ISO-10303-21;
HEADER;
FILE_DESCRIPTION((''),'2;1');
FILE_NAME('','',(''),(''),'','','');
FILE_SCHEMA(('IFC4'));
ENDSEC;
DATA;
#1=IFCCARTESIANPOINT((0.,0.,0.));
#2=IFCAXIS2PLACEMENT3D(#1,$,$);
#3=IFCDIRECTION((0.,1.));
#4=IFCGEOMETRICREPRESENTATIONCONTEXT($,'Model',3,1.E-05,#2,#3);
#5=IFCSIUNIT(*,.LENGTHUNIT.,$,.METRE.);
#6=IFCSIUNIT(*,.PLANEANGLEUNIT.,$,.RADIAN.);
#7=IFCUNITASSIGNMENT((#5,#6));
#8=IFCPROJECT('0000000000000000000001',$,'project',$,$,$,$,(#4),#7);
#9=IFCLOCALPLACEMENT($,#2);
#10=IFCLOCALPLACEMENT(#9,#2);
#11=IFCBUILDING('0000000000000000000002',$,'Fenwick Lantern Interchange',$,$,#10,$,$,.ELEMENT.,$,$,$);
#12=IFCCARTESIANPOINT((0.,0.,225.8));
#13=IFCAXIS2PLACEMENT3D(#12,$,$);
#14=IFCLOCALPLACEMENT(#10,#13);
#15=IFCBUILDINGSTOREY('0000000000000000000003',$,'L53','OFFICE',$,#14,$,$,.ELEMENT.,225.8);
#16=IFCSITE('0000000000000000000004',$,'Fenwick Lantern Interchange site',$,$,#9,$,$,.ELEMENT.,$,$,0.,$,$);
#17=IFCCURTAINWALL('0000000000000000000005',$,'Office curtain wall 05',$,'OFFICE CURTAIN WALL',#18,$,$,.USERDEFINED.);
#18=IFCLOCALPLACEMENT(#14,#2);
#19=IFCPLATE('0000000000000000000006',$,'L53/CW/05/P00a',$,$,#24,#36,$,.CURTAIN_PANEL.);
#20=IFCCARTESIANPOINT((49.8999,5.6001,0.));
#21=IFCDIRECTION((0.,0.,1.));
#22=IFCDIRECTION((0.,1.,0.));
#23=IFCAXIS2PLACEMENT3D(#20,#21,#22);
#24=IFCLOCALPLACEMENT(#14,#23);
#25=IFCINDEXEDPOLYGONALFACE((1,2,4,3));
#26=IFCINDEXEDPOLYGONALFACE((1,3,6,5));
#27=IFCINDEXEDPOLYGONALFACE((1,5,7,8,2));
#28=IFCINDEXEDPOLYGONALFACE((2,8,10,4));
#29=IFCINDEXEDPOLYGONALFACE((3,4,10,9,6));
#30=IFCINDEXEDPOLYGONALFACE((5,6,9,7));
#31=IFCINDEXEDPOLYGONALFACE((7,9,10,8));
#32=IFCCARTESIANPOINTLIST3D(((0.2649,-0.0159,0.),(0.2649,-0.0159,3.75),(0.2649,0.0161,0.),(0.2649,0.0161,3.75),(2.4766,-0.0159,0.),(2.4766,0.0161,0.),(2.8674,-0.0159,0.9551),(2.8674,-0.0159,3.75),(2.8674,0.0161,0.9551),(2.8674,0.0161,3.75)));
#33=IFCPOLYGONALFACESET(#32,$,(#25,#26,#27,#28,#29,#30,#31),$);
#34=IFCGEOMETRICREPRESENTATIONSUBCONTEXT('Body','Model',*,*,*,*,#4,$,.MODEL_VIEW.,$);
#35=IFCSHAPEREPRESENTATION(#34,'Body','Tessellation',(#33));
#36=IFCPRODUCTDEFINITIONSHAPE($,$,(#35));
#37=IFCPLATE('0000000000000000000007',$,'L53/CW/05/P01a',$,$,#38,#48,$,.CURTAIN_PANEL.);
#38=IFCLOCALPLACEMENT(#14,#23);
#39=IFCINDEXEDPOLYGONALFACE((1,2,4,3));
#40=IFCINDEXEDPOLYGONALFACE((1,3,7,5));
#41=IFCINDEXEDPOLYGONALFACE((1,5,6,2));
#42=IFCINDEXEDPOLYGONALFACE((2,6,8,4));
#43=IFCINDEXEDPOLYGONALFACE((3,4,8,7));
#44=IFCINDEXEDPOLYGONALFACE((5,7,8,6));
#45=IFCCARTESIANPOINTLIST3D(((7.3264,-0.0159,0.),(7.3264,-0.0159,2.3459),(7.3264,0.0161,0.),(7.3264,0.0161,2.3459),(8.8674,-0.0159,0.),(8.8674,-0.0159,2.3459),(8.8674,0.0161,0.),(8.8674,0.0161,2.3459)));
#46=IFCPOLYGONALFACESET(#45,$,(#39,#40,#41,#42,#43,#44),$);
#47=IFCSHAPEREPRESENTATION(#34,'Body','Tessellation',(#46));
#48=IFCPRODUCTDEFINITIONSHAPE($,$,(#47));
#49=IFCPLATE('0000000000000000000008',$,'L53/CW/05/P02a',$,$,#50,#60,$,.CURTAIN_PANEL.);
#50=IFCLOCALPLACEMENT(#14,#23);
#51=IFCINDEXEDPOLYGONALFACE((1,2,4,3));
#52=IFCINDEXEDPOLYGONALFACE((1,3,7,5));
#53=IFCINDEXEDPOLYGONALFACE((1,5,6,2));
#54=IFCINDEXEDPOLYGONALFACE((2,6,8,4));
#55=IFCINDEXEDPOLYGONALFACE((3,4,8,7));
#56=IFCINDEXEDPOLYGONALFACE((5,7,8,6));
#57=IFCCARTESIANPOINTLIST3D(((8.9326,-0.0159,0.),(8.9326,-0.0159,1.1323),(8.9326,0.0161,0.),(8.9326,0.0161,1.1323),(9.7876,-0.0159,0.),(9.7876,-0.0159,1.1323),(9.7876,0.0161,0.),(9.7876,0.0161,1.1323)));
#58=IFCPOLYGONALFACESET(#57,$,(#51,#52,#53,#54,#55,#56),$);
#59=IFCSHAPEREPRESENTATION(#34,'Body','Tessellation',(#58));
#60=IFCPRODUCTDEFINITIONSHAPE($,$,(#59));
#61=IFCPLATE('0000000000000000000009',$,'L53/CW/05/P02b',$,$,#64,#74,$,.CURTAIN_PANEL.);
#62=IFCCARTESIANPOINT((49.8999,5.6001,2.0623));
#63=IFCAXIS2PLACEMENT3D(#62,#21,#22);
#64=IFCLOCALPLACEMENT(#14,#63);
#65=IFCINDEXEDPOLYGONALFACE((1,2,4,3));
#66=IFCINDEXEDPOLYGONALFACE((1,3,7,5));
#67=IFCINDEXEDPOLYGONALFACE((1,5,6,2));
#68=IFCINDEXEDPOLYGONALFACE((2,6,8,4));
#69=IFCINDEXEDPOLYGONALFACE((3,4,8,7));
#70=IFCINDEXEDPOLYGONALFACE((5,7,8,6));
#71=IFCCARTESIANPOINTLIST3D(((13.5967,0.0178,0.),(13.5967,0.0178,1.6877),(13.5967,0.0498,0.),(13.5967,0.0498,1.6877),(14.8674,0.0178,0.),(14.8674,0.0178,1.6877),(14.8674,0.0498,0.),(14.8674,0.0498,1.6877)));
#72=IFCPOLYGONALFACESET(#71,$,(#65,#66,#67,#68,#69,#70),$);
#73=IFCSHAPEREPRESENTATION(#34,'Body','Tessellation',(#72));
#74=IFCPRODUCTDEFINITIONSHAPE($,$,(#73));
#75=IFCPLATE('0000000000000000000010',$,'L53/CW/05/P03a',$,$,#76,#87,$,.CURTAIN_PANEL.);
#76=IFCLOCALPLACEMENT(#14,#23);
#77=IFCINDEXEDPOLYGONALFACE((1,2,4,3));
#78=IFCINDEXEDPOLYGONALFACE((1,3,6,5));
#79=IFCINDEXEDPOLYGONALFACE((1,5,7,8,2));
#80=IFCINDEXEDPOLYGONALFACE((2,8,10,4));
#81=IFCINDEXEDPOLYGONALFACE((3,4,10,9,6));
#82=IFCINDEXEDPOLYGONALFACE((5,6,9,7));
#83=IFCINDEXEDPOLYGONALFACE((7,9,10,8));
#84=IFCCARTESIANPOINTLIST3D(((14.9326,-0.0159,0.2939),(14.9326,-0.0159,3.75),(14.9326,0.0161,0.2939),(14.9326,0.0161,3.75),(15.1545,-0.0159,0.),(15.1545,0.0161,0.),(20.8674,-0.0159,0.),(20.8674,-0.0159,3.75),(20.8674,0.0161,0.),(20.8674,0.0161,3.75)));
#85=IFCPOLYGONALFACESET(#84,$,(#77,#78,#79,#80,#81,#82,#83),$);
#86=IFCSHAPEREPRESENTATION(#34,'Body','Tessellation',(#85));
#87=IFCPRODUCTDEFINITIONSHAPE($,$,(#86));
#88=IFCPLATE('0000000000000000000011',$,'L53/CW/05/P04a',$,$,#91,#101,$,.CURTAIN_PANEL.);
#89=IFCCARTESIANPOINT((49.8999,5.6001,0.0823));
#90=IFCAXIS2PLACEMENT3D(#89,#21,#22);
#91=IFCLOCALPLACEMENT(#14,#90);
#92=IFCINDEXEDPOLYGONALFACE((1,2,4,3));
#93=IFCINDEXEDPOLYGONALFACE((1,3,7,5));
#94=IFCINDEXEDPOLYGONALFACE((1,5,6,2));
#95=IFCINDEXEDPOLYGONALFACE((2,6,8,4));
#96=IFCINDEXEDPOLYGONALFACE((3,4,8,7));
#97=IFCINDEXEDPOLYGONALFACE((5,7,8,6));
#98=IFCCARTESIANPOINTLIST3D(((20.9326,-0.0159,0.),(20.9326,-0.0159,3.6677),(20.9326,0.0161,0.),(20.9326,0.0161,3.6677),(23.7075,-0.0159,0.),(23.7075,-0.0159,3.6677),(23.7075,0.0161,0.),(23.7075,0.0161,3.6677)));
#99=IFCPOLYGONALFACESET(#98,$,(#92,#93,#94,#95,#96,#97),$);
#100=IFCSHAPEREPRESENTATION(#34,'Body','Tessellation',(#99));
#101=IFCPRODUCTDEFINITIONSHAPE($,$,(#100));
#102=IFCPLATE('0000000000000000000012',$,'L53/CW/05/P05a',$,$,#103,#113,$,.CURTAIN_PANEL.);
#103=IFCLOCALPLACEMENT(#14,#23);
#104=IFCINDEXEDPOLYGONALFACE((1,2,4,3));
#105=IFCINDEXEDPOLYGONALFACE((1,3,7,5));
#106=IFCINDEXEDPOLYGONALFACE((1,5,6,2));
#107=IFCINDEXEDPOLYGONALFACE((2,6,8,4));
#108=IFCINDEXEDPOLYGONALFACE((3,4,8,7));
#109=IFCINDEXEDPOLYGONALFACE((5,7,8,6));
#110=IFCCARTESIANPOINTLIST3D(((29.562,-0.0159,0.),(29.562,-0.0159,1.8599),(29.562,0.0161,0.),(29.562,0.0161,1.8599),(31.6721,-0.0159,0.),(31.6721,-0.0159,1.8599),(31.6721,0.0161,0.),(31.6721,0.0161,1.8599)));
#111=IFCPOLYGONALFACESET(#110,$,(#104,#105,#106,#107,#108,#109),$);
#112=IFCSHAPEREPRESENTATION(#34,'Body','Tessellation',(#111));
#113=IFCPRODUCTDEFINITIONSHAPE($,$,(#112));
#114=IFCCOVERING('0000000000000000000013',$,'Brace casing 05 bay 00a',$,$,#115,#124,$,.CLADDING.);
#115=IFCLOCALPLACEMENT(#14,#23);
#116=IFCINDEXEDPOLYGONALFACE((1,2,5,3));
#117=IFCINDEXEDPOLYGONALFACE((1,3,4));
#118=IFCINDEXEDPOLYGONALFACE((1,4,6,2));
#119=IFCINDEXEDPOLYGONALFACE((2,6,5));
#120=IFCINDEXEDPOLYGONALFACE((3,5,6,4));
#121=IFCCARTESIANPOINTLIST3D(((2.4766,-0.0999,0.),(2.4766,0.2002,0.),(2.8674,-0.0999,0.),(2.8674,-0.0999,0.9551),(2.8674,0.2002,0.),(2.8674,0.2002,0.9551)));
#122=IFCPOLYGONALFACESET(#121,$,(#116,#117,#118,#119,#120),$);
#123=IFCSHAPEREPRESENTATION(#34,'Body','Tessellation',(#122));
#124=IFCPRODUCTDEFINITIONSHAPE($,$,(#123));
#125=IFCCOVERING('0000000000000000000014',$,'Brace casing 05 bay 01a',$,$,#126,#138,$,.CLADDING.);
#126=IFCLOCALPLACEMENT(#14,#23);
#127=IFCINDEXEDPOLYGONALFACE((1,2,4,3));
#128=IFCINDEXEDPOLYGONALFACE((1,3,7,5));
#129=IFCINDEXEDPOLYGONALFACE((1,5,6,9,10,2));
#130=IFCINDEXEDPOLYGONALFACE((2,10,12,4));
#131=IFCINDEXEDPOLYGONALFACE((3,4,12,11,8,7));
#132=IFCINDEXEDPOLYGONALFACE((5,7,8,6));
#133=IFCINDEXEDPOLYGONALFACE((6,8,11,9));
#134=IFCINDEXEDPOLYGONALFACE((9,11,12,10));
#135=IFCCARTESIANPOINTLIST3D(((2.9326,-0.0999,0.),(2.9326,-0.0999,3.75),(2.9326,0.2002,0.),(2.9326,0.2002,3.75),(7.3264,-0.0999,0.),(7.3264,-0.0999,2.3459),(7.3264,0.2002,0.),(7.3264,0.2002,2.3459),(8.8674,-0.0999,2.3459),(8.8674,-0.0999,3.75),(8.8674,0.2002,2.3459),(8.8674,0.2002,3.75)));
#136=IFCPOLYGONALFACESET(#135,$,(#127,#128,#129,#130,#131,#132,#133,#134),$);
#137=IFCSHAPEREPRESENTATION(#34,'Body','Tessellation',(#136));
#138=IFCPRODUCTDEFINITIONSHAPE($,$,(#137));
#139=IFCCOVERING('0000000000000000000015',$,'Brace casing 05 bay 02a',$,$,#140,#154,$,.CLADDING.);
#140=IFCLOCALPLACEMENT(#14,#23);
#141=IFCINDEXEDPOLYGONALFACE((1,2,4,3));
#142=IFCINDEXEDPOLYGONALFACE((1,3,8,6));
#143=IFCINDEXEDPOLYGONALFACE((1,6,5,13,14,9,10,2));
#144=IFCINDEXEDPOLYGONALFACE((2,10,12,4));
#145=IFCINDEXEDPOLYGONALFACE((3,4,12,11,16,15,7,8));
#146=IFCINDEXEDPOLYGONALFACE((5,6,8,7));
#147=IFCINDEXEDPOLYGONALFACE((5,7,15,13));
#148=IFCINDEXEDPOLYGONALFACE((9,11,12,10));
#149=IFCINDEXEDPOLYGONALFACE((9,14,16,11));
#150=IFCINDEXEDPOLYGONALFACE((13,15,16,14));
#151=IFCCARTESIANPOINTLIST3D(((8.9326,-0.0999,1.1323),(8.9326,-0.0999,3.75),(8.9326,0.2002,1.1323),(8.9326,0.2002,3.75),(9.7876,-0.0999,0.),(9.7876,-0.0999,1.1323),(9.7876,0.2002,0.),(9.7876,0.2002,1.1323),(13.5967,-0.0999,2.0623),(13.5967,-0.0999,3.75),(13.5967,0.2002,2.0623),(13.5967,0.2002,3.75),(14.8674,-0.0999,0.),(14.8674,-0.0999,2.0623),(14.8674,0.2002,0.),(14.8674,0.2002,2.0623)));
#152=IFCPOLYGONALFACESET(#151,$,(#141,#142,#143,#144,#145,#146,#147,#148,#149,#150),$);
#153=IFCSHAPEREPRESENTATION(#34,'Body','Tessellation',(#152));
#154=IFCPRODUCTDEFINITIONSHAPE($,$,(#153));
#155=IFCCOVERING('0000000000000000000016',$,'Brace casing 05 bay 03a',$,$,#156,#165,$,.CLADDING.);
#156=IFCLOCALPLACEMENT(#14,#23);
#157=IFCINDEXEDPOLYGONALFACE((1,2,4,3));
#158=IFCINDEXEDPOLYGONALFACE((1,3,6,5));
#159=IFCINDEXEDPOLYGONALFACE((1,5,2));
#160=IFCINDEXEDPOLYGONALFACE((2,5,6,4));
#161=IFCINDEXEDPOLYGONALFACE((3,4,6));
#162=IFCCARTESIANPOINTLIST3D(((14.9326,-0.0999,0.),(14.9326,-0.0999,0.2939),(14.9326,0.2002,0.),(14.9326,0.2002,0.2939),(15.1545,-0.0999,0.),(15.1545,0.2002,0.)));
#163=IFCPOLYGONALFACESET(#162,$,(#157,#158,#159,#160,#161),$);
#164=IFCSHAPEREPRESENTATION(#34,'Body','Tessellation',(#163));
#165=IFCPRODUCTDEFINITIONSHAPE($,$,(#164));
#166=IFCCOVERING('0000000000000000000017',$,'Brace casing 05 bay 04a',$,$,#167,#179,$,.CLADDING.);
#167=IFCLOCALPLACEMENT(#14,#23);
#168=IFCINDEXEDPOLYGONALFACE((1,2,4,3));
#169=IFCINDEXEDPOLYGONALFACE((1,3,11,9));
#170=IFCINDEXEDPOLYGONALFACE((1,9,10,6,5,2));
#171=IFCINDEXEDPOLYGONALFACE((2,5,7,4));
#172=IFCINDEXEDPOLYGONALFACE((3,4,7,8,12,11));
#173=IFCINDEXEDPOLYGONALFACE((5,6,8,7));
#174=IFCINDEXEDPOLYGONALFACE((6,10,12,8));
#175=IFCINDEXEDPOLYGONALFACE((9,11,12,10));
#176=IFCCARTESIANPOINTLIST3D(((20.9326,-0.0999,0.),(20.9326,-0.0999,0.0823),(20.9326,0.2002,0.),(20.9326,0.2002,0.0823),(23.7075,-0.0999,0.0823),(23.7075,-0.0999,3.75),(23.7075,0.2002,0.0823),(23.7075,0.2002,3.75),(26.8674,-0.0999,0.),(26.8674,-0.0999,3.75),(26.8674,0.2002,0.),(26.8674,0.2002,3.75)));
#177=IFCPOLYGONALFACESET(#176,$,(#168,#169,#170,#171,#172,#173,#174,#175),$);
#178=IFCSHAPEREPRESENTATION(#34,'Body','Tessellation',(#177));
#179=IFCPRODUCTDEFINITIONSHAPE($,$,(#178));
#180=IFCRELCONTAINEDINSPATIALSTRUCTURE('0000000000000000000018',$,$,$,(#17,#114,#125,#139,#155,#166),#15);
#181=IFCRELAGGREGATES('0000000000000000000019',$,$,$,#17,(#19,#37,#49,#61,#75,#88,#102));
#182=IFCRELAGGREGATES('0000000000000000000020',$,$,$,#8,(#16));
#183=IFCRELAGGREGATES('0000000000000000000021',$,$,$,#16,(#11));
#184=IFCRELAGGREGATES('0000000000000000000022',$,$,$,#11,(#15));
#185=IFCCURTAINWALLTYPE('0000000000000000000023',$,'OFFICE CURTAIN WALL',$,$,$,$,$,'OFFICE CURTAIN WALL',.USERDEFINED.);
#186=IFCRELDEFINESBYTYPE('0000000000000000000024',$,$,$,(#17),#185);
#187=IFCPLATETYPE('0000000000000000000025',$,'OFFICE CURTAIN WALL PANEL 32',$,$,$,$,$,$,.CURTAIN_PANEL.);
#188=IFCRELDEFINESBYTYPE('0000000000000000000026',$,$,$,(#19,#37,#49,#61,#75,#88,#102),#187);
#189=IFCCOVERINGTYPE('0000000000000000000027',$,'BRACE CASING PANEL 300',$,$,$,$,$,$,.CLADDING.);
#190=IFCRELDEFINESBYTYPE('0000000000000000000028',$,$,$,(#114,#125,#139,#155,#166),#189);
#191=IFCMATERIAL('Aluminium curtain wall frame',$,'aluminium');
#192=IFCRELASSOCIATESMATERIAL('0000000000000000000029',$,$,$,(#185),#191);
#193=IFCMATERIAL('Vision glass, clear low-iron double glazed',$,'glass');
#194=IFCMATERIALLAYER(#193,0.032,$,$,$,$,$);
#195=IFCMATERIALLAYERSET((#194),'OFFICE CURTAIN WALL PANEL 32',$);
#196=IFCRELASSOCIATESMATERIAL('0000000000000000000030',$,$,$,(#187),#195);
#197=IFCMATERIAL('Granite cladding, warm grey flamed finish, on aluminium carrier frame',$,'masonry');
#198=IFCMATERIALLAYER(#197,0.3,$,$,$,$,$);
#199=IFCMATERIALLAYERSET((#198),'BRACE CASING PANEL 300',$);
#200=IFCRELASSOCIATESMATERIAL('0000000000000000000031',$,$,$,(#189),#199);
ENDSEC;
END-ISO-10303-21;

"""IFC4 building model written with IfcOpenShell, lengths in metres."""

from ifc_helpers import new_model, si_unit, direction, frame, origin, place, context, subcontext, project, spatial, polyline, outline, extrude, material, layer, layer_set, type_object, element, aggregate, save


model = new_model("IFC4")

# Units and contexts
model_context = context("Model", 3, precision=1e-05, world=origin(), true_north=direction((0.0, 1.0)))
body_context = subcontext(model_context, "Body", "Model", "MODEL_VIEW")
ifc_project = project(units=[si_unit("LENGTHUNIT", "METRE"), si_unit("PLANEANGLEUNIT", "RADIAN")], contexts=[model_context])

# Site, building, storey
site_placement = place(None, origin())
site = spatial("IfcSite", under=ifc_project, at=site_placement, Name="Fenwick Lantern Interchange site", CompositionType="ELEMENT", RefElevation=0.0)
building_placement = place(site_placement, origin())
building = spatial("IfcBuilding", under=site, at=building_placement, Name="Fenwick Lantern Interchange", CompositionType="ELEMENT")
storey_placement = place(building_placement, frame((0.0, 0.0, 225.8)))
storey = spatial("IfcBuildingStorey", under=building, at=storey_placement, Name="L53", Description="OFFICE", CompositionType="ELEMENT", Elevation=225.8)

# Shared definitions
ifc_material_1 = material(Name="Aluminium curtain wall frame", Category="aluminium")
curtain_wall_type = type_object("IfcCurtainWallType", Name="OFFICE CURTAIN WALL", ElementType="OFFICE CURTAIN WALL", PredefinedType="USERDEFINED", material=ifc_material_1)

# Shared definitions
ifc_material_2 = material(Name="Vision glass, clear low-iron double glazed", Category="glass")
ifc_layer_1 = layer(ifc_material_2, 0.032)
ifc_layer_set_1 = layer_set([ifc_layer_1], Name="OFFICE CURTAIN WALL PANEL 32")
plate_type = type_object("IfcPlateType", Name="OFFICE CURTAIN WALL PANEL 32", PredefinedType="CURTAIN_PANEL", material=ifc_layer_set_1)

# Curtain wall, plates
curtain_wall_1_placement = place(storey_placement, origin())
curtain_wall_1 = element("IfcCurtainWall", 1, at=curtain_wall_1_placement, inside=storey, type_object=curtain_wall_type, Name="Office curtain wall 05", ObjectType="OFFICE CURTAIN WALL", PredefinedType="USERDEFINED")
plate_1_placement = place(storey_placement, frame((49.8999, 5.6001, 0.0), z_axis=(0.0, 0.0, 1.0), x_axis=(0.0, 1.0, 0.0)))
plate_1 = element("IfcPlate", 2, at=plate_1_placement, type_object=plate_type, Name="L53/CW/05/P00a", PredefinedType="CURTAIN_PANEL", context=body_context, shape_type="SweptSolid", body=[
    extrude(outline(polyline([(0.2649, 0.0), (2.4766, 0.0), (2.8674, 0.9551), (2.8674, 3.75), (0.2649, 3.75), (0.2649, 0.0)])), frame((0.0, 0.0161, 0.0), z_axis=(0.0, -1.0, 0.0), x_axis=(1.0, 0.0, 0.0)), (0.0, 0.0, 1.0), 0.032),
])
plate_2_placement = place(storey_placement, frame((49.8999, 5.6001, 0.0), z_axis=(0.0, 0.0, 1.0), x_axis=(0.0, 1.0, 0.0)))
plate_2 = element("IfcPlate", 3, at=plate_2_placement, type_object=plate_type, Name="L53/CW/05/P01a", PredefinedType="CURTAIN_PANEL", context=body_context, shape_type="SweptSolid", body=[
    extrude(outline(polyline([(7.3264, 0.0), (8.8674, 0.0), (8.8674, 2.3459), (7.3264, 2.3459), (7.3264, 0.0)])), frame((0.0, 0.0161, 0.0), z_axis=(0.0, -1.0, 0.0), x_axis=(1.0, 0.0, 0.0)), (0.0, 0.0, 1.0), 0.032),
])
plate_3_placement = place(storey_placement, frame((49.8999, 5.6001, 0.0), z_axis=(0.0, 0.0, 1.0), x_axis=(0.0, 1.0, 0.0)))
plate_3 = element("IfcPlate", 4, at=plate_3_placement, type_object=plate_type, Name="L53/CW/05/P02a", PredefinedType="CURTAIN_PANEL", context=body_context, shape_type="SweptSolid", body=[
    extrude(outline(polyline([(8.9326, 0.0), (9.7876, 0.0), (9.7876, 1.1323), (8.9326, 1.1323), (8.9326, 0.0)])), frame((0.0, 0.0161, 0.0), z_axis=(0.0, -1.0, 0.0), x_axis=(1.0, 0.0, 0.0)), (0.0, 0.0, 1.0), 0.032),
])
plate_4_placement = place(storey_placement, frame((49.8999, 5.6001, 2.0623), z_axis=(0.0, 0.0, 1.0), x_axis=(0.0, 1.0, 0.0)))
plate_4 = element("IfcPlate", 5, at=plate_4_placement, type_object=plate_type, Name="L53/CW/05/P02b", PredefinedType="CURTAIN_PANEL", context=body_context, shape_type="SweptSolid", body=[
    extrude(outline(polyline([(13.5967, 0.0), (14.8674, 0.0), (14.8674, 1.6877), (13.5967, 1.6877), (13.5967, 0.0)])), frame((0.0, 0.0498, 0.0), z_axis=(0.0, -1.0, 0.0), x_axis=(1.0, 0.0, 0.0)), (0.0, 0.0, 1.0), 0.032),
])
plate_5_placement = place(storey_placement, frame((49.8999, 5.6001, 0.0), z_axis=(0.0, 0.0, 1.0), x_axis=(0.0, 1.0, 0.0)))
plate_5 = element("IfcPlate", 6, at=plate_5_placement, type_object=plate_type, Name="L53/CW/05/P03a", PredefinedType="CURTAIN_PANEL", context=body_context, shape_type="SweptSolid", body=[
    extrude(outline(polyline([(15.1545, 0.0), (20.8674, 0.0), (20.8674, 3.75), (14.9326, 3.75), (14.9326, 0.2939), (15.1545, 0.0)])), frame((0.0, 0.0161, 0.0), z_axis=(0.0, -1.0, 0.0), x_axis=(1.0, 0.0, 0.0)), (0.0, 0.0, 1.0), 0.032),
])
plate_6_placement = place(storey_placement, frame((49.8999, 5.6001, 0.0823), z_axis=(0.0, 0.0, 1.0), x_axis=(0.0, 1.0, 0.0)))
plate_6 = element("IfcPlate", 7, at=plate_6_placement, type_object=plate_type, Name="L53/CW/05/P04a", PredefinedType="CURTAIN_PANEL", context=body_context, shape_type="SweptSolid", body=[
    extrude(outline(polyline([(20.9326, 0.0), (23.7075, 0.0), (23.7075, 3.6677), (20.9326, 3.6677), (20.9326, 0.0)])), frame((0.0, 0.0161, 0.0), z_axis=(0.0, -1.0, 0.0), x_axis=(1.0, 0.0, 0.0)), (0.0, 0.0, 1.0), 0.032),
])
plate_7_placement = place(storey_placement, frame((49.8999, 5.6001, 0.0), z_axis=(0.0, 0.0, 1.0), x_axis=(0.0, 1.0, 0.0)))
plate_7 = element("IfcPlate", 8, at=plate_7_placement, type_object=plate_type, Name="L53/CW/05/P05a", PredefinedType="CURTAIN_PANEL", context=body_context, shape_type="SweptSolid", body=[
    extrude(outline(polyline([(29.562, 0.0), (31.6721, 0.0), (31.6721, 1.8599), (29.562, 1.8599), (29.562, 0.0)])), frame((0.0, 0.0161, 0.0), z_axis=(0.0, -1.0, 0.0), x_axis=(1.0, 0.0, 0.0)), (0.0, 0.0, 1.0), 0.032),
])
aggregate(curtain_wall_1, [plate_1, plate_2, plate_3, plate_4, plate_5, plate_6, plate_7])

# Coverings
ifc_material_3 = material(Name="Granite cladding, warm grey flamed finish, on aluminium carrier frame", Category="masonry")
ifc_layer_2 = layer(ifc_material_3, 0.3)
ifc_layer_set_2 = layer_set([ifc_layer_2], Name="BRACE CASING PANEL 300")
covering_type = type_object("IfcCoveringType", Name="BRACE CASING PANEL 300", PredefinedType="CLADDING", material=ifc_layer_set_2)
covering_1_placement = place(storey_placement, frame((49.8999, 5.6001, 0.0), z_axis=(0.0, 0.0, 1.0), x_axis=(0.0, 1.0, 0.0)))
element("IfcCovering", 9, at=covering_1_placement, inside=storey, type_object=covering_type, Name="Brace casing 05 bay 00a", PredefinedType="CLADDING", context=body_context, shape_type="SweptSolid", body=[
    extrude(outline(polyline([(2.4766, 0.0), (2.8674, 0.0), (2.8674, 0.9551), (2.4766, 0.0)])), frame((0.0, 0.2002, 0.0), z_axis=(0.0, -1.0, 0.0), x_axis=(1.0, 0.0, 0.0)), (0.0, 0.0, 1.0), 0.3),
])
covering_2_placement = place(storey_placement, frame((49.8999, 5.6001, 0.0), z_axis=(0.0, 0.0, 1.0), x_axis=(0.0, 1.0, 0.0)))
element("IfcCovering", 10, at=covering_2_placement, inside=storey, type_object=covering_type, Name="Brace casing 05 bay 01a", PredefinedType="CLADDING", context=body_context, shape_type="SweptSolid", body=[
    extrude(outline(polyline([(2.9326, 0.0), (7.3264, 0.0), (7.3264, 2.3459), (8.8674, 2.3459), (8.8674, 3.75), (2.9326, 3.75), (2.9326, 0.0)])), frame((0.0, 0.2002, 0.0), z_axis=(0.0, -1.0, 0.0), x_axis=(1.0, 0.0, 0.0)), (0.0, 0.0, 1.0), 0.3),
])
covering_3_placement = place(storey_placement, frame((49.8999, 5.6001, 0.0), z_axis=(0.0, 0.0, 1.0), x_axis=(0.0, 1.0, 0.0)))
element("IfcCovering", 11, at=covering_3_placement, inside=storey, type_object=covering_type, Name="Brace casing 05 bay 02a", PredefinedType="CLADDING", context=body_context, shape_type="SweptSolid", body=[
    extrude(outline(polyline([(9.7876, 0.0), (14.8674, 0.0), (14.8674, 2.0623), (13.5967, 2.0623), (13.5967, 3.75), (8.9326, 3.75), (8.9326, 1.1323), (9.7876, 1.1323), (9.7876, 0.0)])), frame((0.0, 0.2002, 0.0), z_axis=(0.0, -1.0, 0.0), x_axis=(1.0, 0.0, 0.0)), (0.0, 0.0, 1.0), 0.3),
])
covering_4_placement = place(storey_placement, frame((49.8999, 5.6001, 0.0), z_axis=(0.0, 0.0, 1.0), x_axis=(0.0, 1.0, 0.0)))
element("IfcCovering", 12, at=covering_4_placement, inside=storey, type_object=covering_type, Name="Brace casing 05 bay 03a", PredefinedType="CLADDING", context=body_context, shape_type="SweptSolid", body=[
    extrude(outline(polyline([(14.9326, 0.0), (15.1545, 0.0), (14.9326, 0.2939), (14.9326, 0.0)])), frame((0.0, 0.2002, 0.0), z_axis=(0.0, -1.0, 0.0), x_axis=(1.0, 0.0, 0.0)), (0.0, 0.0, 1.0), 0.3),
])
covering_5_placement = place(storey_placement, frame((49.8999, 5.6001, 0.0), z_axis=(0.0, 0.0, 1.0), x_axis=(0.0, 1.0, 0.0)))
element("IfcCovering", 13, at=covering_5_placement, inside=storey, type_object=covering_type, Name="Brace casing 05 bay 04a", PredefinedType="CLADDING", context=body_context, shape_type="SweptSolid", body=[
    extrude(outline(polyline([(20.9326, 0.0), (26.8674, 0.0), (26.8674, 3.75), (23.7075, 3.75), (23.7075, 0.0823), (20.9326, 0.0823), (20.9326, 0.0)])), frame((0.0, 0.2002, 0.0), z_axis=(0.0, -1.0, 0.0), x_axis=(1.0, 0.0, 0.0)), (0.0, 0.0, 1.0), 0.3),
])

save(model, "model.ifc")
